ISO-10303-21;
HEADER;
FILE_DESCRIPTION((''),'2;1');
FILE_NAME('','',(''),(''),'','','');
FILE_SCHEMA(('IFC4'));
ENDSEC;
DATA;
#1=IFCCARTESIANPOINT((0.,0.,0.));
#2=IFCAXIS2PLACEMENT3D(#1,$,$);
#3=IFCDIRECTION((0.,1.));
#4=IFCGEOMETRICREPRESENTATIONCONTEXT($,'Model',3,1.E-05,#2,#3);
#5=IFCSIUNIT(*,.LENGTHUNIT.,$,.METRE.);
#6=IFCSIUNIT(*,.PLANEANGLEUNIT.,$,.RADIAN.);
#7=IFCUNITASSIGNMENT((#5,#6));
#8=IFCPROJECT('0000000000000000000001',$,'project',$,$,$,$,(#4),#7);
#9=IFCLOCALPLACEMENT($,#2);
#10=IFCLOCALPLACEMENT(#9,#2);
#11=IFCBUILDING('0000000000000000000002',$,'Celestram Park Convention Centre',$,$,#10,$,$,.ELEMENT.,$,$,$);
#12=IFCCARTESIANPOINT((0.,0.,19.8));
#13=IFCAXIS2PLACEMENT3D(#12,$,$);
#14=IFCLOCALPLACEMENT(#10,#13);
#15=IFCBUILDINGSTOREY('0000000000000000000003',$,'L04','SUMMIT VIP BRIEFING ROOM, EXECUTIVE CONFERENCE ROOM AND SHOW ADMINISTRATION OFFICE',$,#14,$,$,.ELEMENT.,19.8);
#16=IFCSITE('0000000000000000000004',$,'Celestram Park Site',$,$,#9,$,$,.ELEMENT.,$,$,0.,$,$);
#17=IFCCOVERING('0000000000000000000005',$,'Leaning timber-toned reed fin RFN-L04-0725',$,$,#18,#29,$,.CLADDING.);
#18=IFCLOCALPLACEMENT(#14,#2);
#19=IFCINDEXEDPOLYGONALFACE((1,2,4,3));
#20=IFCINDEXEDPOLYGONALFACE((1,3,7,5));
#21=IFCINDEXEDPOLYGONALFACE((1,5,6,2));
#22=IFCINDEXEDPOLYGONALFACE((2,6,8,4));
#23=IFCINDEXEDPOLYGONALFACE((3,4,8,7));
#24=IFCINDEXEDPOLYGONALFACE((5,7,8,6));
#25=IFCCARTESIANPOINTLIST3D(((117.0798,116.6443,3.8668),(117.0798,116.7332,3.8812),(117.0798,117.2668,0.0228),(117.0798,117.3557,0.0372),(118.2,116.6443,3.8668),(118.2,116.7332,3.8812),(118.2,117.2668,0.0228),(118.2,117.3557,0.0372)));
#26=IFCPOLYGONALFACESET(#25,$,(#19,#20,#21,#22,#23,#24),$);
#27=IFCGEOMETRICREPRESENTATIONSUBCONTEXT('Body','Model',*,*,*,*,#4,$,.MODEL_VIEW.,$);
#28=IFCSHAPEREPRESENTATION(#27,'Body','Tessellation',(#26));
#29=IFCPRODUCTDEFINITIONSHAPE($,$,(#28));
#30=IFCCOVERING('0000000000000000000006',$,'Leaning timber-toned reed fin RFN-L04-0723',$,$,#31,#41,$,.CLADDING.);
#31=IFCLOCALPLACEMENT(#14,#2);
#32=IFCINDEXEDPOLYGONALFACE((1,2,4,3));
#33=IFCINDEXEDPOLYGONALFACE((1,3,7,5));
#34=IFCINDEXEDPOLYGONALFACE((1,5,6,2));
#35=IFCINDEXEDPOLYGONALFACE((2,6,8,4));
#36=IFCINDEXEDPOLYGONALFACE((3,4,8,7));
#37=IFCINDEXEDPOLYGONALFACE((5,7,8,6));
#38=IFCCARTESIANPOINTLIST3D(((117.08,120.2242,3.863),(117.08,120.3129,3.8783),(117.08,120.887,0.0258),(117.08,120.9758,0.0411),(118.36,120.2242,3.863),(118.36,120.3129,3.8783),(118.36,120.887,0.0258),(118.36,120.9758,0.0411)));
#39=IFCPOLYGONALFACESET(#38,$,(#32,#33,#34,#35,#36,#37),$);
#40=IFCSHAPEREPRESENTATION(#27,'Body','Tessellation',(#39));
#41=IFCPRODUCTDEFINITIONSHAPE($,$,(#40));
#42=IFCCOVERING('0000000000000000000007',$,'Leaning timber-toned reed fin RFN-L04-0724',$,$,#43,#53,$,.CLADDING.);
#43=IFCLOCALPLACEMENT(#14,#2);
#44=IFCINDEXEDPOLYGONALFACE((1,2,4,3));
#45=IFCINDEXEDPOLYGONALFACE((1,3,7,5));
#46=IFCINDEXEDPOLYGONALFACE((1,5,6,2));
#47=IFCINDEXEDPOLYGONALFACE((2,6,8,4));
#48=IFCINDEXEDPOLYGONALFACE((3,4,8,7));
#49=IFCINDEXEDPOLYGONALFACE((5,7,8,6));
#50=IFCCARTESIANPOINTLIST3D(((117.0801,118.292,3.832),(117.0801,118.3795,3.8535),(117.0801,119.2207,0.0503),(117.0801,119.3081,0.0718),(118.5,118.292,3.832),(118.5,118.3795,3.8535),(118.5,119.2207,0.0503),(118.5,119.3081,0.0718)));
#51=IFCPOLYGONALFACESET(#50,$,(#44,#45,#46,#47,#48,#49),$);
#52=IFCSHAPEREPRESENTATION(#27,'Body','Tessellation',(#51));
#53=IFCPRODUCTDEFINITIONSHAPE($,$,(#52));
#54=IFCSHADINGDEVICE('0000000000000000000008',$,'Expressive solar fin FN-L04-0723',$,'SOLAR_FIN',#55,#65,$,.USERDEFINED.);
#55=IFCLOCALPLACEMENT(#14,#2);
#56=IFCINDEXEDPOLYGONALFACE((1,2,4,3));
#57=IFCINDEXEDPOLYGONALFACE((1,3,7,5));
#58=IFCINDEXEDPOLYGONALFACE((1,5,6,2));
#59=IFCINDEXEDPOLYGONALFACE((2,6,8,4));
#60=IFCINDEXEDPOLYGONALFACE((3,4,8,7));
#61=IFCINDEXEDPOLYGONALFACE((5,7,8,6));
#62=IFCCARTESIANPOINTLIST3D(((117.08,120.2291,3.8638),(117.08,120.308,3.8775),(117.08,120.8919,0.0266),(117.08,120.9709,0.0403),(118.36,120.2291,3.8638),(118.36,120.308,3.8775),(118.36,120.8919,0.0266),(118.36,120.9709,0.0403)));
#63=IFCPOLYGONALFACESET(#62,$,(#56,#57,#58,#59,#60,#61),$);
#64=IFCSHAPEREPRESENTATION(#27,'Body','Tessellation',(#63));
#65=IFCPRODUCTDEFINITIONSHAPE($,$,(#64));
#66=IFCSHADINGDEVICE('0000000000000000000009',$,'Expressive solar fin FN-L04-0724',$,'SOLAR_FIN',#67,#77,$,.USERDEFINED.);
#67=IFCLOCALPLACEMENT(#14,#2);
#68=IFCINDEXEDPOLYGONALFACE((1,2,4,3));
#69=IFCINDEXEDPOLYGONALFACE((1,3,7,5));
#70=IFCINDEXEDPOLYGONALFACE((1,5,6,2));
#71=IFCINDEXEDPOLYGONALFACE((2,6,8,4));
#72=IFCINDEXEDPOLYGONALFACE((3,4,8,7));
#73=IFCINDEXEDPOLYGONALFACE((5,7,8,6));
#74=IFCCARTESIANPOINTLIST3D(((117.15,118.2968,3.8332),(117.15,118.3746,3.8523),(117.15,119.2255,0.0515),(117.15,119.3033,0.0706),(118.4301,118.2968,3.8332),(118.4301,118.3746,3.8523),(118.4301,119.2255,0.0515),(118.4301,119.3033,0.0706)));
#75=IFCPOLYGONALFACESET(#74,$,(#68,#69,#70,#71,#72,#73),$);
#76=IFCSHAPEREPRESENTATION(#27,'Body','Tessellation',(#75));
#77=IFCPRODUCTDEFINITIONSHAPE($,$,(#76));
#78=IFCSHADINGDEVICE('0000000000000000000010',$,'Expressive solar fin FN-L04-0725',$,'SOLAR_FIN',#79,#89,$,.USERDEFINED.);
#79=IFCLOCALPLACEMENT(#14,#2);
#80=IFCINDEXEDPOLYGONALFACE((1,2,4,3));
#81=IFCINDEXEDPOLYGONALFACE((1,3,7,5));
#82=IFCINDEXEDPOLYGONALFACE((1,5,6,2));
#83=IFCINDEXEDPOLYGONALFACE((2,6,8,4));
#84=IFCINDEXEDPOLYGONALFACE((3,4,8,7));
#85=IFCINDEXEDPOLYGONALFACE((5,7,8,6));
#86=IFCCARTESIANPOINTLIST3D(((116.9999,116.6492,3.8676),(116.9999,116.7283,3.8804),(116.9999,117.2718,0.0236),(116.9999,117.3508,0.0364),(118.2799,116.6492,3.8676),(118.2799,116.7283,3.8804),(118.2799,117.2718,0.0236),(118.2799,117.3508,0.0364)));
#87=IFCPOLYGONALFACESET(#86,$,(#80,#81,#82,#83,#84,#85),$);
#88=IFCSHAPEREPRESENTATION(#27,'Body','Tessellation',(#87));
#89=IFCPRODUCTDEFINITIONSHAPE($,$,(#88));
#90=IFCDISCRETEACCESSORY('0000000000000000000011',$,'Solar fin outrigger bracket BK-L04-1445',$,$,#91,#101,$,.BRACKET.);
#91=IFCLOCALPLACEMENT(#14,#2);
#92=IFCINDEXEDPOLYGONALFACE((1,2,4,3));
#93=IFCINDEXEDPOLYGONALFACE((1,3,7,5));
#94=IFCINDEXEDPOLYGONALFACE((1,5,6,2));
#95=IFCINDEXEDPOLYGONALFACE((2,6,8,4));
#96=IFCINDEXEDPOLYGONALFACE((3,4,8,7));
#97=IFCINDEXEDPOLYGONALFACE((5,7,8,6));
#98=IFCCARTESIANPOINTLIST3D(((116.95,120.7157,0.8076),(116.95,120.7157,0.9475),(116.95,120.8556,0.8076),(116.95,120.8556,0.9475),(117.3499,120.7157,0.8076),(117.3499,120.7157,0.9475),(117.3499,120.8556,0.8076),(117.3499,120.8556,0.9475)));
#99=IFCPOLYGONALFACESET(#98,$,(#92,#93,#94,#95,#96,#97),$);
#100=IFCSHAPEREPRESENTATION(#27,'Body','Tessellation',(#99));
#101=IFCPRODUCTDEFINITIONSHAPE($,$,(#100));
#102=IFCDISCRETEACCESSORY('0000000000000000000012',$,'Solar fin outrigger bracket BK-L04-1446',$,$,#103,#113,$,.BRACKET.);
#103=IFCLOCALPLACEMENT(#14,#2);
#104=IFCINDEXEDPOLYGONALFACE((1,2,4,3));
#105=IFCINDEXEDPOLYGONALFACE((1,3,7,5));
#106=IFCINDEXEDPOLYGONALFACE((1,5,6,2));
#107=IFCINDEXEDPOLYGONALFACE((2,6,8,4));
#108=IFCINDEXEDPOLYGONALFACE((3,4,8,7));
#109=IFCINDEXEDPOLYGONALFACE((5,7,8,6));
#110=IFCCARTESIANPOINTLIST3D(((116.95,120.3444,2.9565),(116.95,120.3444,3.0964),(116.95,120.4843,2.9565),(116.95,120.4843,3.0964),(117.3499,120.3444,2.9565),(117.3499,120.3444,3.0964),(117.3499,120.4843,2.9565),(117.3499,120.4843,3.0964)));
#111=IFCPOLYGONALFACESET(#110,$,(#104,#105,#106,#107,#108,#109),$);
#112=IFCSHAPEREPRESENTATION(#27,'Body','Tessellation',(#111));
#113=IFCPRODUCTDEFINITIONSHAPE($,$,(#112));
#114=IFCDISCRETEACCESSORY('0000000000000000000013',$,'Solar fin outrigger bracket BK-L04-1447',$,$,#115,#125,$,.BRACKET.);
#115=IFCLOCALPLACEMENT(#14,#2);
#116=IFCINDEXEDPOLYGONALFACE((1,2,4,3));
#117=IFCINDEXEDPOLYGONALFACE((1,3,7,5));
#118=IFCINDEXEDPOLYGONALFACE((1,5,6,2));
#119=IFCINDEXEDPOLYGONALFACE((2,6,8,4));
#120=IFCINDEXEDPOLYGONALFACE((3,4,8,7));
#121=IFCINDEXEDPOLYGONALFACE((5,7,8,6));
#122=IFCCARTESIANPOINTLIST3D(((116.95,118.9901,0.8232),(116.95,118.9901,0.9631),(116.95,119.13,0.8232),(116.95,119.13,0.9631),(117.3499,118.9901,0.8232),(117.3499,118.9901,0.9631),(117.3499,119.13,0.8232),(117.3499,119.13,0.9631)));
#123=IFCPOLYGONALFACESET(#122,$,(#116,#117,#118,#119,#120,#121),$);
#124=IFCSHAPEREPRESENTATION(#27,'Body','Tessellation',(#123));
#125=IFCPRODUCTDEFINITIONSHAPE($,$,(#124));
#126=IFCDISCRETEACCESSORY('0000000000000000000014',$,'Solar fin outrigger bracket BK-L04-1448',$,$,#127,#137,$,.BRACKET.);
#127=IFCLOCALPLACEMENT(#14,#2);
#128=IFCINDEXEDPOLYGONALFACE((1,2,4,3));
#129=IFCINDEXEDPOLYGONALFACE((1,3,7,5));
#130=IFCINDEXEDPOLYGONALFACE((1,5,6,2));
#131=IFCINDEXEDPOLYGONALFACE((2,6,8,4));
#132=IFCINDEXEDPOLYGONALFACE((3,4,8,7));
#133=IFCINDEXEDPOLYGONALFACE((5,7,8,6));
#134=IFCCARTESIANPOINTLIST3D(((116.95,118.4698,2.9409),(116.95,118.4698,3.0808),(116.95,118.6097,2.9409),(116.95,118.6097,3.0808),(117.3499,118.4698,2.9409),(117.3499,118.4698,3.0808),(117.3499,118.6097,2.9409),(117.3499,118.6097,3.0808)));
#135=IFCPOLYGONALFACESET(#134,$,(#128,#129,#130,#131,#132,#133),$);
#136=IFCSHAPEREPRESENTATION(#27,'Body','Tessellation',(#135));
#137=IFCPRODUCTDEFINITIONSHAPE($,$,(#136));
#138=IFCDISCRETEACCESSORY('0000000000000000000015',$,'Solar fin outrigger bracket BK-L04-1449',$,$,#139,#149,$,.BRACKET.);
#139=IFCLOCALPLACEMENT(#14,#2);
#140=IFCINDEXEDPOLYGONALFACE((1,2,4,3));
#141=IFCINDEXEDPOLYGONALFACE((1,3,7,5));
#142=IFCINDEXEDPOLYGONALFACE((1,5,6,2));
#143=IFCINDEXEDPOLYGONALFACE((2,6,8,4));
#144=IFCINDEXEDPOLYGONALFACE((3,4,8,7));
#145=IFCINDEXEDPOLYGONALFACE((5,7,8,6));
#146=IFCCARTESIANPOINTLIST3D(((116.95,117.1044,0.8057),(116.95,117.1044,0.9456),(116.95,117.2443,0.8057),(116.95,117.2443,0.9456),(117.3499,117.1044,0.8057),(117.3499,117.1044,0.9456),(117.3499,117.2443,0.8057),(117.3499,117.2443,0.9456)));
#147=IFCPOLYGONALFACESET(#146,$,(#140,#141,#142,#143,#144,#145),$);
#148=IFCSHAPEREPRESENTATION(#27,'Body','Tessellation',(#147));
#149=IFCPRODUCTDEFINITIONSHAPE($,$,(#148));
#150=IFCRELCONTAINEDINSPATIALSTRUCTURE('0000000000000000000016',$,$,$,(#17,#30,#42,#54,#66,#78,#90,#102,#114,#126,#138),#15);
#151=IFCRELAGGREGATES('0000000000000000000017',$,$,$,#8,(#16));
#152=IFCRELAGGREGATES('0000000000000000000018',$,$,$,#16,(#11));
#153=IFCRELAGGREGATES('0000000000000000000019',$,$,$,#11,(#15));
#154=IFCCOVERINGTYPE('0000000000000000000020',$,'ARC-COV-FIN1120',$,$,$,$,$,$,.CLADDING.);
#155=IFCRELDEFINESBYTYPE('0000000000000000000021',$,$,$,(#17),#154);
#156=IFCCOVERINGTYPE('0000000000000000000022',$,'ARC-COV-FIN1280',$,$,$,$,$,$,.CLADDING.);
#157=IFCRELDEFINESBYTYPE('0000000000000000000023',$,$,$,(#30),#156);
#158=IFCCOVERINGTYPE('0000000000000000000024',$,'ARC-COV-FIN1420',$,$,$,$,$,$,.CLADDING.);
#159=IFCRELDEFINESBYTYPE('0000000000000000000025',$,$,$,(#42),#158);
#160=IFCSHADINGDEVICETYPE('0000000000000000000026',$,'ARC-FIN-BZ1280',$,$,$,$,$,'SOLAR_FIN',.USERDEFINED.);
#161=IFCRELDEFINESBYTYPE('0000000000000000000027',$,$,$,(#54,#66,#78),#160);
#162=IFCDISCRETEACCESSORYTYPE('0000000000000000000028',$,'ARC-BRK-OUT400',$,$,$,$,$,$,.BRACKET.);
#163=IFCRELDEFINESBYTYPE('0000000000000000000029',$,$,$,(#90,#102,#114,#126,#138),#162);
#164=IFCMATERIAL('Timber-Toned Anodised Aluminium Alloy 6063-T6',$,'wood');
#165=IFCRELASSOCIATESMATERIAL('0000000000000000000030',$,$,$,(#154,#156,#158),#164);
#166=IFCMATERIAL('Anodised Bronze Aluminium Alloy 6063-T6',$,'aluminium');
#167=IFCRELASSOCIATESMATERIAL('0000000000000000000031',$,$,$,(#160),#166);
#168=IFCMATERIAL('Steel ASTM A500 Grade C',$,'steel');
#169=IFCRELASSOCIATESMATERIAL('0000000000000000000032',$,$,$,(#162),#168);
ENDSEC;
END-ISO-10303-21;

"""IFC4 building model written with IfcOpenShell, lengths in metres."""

from ifc_helpers import new_model, si_unit, direction, frame, origin, origin_2d, place, context, subcontext, project, spatial, rectangle, extrude, material, material_profile, profile_set, type_object, element, save


model = new_model("IFC4")

# Units and contexts
model_context = context("Model", 3, precision=1e-05, world=origin(), true_north=direction((0.0, 1.0)))
body_context = subcontext(model_context, "Body", "Model", "MODEL_VIEW")
ifc_project = project(units=[si_unit("LENGTHUNIT", "METRE"), si_unit("PLANEANGLEUNIT", "RADIAN")], contexts=[model_context])

# Site, building, storey
site_placement = place(None, origin())
site = spatial("IfcSite", under=ifc_project, at=site_placement, Name="Celestram Park Site", CompositionType="ELEMENT", RefElevation=0.0)
building_placement = place(site_placement, origin())
building = spatial("IfcBuilding", under=site, at=building_placement, Name="Celestram Park Convention Centre", CompositionType="ELEMENT")
storey_placement = place(building_placement, frame((0.0, 0.0, 19.8)))
storey = spatial("IfcBuildingStorey", under=building, at=storey_placement, Name="L04", Description="SUMMIT VIP BRIEFING ROOM, EXECUTIVE CONFERENCE ROOM AND SHOW ADMINISTRATION OFFICE", CompositionType="ELEMENT", Elevation=19.8)

# Coverings
ifc_material_1 = material(Name="Timber-Toned Anodised Aluminium Alloy 6063-T6", Category="wood")
ifc_material_profile_1 = material_profile(ifc_material_1, rectangle(XDim=1.1201, YDim=0.0901, at=origin_2d()), Name="REED1120X90")
ifc_profile_set_1 = profile_set([ifc_material_profile_1], Name="Timber-Toned Anodised Aluminium Alloy 6063-T6")
covering_type_1 = type_object("IfcCoveringType", Name="ARC-COV-FIN1120", PredefinedType="CLADDING", material=ifc_profile_set_1)
covering_1_placement = place(storey_placement, frame((117.6399, 117.3113, 0.03), z_axis=(0.0, -0.159873, 0.987138), x_axis=(1.0, 0.0, 0.0)))
element("IfcCovering", 1, at=covering_1_placement, inside=storey, type_object=covering_type_1, Name="Leaning timber-toned reed fin RFN-L04-0725", PredefinedType="CLADDING", context=body_context, shape_type="SweptSolid", body=[
    extrude(rectangle(XDim=1.1201, YDim=0.0901, at=origin_2d()), origin(), (0.0, 0.0, 1.0), 3.894),
])
ifc_material_profile_2 = material_profile(ifc_material_1, rectangle(XDim=1.28, YDim=0.0901, at=origin_2d()), Name="REED1280X90")
ifc_profile_set_2 = profile_set([ifc_material_profile_2], Name="Timber-Toned Anodised Aluminium Alloy 6063-T6")
covering_type_2 = type_object("IfcCoveringType", Name="ARC-COV-FIN1280", PredefinedType="CLADDING", material=ifc_profile_set_2)
covering_2_placement = place(storey_placement, frame((117.72, 120.9314, 0.0334), z_axis=(0.0, -0.170222, 0.985406), x_axis=(1.0, 0.0, 0.0)))
element("IfcCovering", 2, at=covering_2_placement, inside=storey, type_object=covering_type_2, Name="Leaning timber-toned reed fin RFN-L04-0723", PredefinedType="CLADDING", context=body_context, shape_type="SweptSolid", body=[
    extrude(rectangle(XDim=1.28, YDim=0.0901, at=origin_2d()), origin(), (0.0, 0.0, 1.0), 3.894),
])
ifc_material_profile_3 = material_profile(ifc_material_1, rectangle(XDim=1.4199, YDim=0.0901, at=origin_2d()), Name="REED1420X90")
ifc_profile_set_3 = profile_set([ifc_material_profile_3], Name="Timber-Toned Anodised Aluminium Alloy 6063-T6")
covering_type_3 = type_object("IfcCoveringType", Name="ARC-COV-FIN1420", PredefinedType="CLADDING", material=ifc_profile_set_3)
covering_3_placement = place(storey_placement, frame((117.79, 119.2644, 0.061), z_axis=(0.0, -0.238492, 0.971145), x_axis=(1.0, 0.0, 0.0)))
element("IfcCovering", 3, at=covering_3_placement, inside=storey, type_object=covering_type_3, Name="Leaning timber-toned reed fin RFN-L04-0724", PredefinedType="CLADDING", context=body_context, shape_type="SweptSolid", body=[
    extrude(rectangle(XDim=1.4199, YDim=0.0901, at=origin_2d()), origin(), (0.0, 0.0, 1.0), 3.894),
])

# Shading devices
ifc_material_2 = material(Name="Anodised Bronze Aluminium Alloy 6063-T6", Category="aluminium")
ifc_material_profile_4 = material_profile(ifc_material_2, rectangle(XDim=1.28, YDim=0.0801, at=origin_2d()), Name="FIN1280X80")
ifc_profile_set_4 = profile_set([ifc_material_profile_4], Name="Anodised Bronze Aluminium Alloy 6063-T6")
shading_device_type = type_object("IfcShadingDeviceType", Name="ARC-FIN-BZ1280", ElementType="SOLAR_FIN", PredefinedType="USERDEFINED", material=ifc_profile_set_4)
for number, where, z_axis, x_axis, name in (
    (4, (117.72, 120.9314, 0.0334), (0.0, -0.170222, 0.985406), (1.0, 0.0, 0.0), "Expressive solar fin FN-L04-0723"),
    (5, (117.79, 119.2644, 0.061), (0.0, -0.238492, 0.971145), (1.0, 0.0, 0.0), "Expressive solar fin FN-L04-0724"),
    (6, (117.6399, 117.3113, 0.03), (0.0, -0.159873, 0.987138), (1.0, 0.0, 0.0), "Expressive solar fin FN-L04-0725"),
):
    element("IfcShadingDevice", number, at=place(storey_placement, frame(where, z_axis=z_axis, x_axis=x_axis)), inside=storey, type_object=shading_device_type, Name=name, ObjectType="SOLAR_FIN", PredefinedType="USERDEFINED", context=body_context, shape_type="SweptSolid", body=[
        extrude(rectangle(XDim=1.28, YDim=0.0801, at=origin_2d()), origin(), (0.0, 0.0, 1.0), 3.894),
    ])

# Discrete accessories
ifc_material_3 = material(Name="Steel ASTM A500 Grade C", Category="steel")
discrete_accessory_type = type_object("IfcDiscreteAccessoryType", Name="ARC-BRK-OUT400", PredefinedType="BRACKET", material=ifc_material_3)
for number, where, z_axis, x_axis, name in (
    (7, (117.1499, 120.7856, 0.8076), (0.0, 0.0, 1.0), (1.0, 0.0, 0.0), "Solar fin outrigger bracket BK-L04-1445"),
    (8, (117.1499, 120.4143, 2.9565), (0.0, 0.0, 1.0), (1.0, 0.0, 0.0), "Solar fin outrigger bracket BK-L04-1446"),
    (9, (117.1499, 119.0601, 0.8232), (0.0, 0.0, 1.0), (1.0, 0.0, 0.0), "Solar fin outrigger bracket BK-L04-1447"),
    (10, (117.1499, 118.5398, 2.9409), (0.0, 0.0, 1.0), (1.0, 0.0, 0.0), "Solar fin outrigger bracket BK-L04-1448"),
    (11, (117.1499, 117.1743, 0.8057), (0.0, 0.0, 1.0), (1.0, 0.0, 0.0), "Solar fin outrigger bracket BK-L04-1449"),
):
    element("IfcDiscreteAccessory", number, at=place(storey_placement, frame(where, z_axis=z_axis, x_axis=x_axis)), inside=storey, type_object=discrete_accessory_type, Name=name, PredefinedType="BRACKET", context=body_context, shape_type="SweptSolid", body=[
        extrude(rectangle(XDim=0.3999, YDim=0.1399, at=origin_2d()), origin(), (0.0, 0.0, 1.0), 0.1399),
    ])

save(model, "model.ifc")
